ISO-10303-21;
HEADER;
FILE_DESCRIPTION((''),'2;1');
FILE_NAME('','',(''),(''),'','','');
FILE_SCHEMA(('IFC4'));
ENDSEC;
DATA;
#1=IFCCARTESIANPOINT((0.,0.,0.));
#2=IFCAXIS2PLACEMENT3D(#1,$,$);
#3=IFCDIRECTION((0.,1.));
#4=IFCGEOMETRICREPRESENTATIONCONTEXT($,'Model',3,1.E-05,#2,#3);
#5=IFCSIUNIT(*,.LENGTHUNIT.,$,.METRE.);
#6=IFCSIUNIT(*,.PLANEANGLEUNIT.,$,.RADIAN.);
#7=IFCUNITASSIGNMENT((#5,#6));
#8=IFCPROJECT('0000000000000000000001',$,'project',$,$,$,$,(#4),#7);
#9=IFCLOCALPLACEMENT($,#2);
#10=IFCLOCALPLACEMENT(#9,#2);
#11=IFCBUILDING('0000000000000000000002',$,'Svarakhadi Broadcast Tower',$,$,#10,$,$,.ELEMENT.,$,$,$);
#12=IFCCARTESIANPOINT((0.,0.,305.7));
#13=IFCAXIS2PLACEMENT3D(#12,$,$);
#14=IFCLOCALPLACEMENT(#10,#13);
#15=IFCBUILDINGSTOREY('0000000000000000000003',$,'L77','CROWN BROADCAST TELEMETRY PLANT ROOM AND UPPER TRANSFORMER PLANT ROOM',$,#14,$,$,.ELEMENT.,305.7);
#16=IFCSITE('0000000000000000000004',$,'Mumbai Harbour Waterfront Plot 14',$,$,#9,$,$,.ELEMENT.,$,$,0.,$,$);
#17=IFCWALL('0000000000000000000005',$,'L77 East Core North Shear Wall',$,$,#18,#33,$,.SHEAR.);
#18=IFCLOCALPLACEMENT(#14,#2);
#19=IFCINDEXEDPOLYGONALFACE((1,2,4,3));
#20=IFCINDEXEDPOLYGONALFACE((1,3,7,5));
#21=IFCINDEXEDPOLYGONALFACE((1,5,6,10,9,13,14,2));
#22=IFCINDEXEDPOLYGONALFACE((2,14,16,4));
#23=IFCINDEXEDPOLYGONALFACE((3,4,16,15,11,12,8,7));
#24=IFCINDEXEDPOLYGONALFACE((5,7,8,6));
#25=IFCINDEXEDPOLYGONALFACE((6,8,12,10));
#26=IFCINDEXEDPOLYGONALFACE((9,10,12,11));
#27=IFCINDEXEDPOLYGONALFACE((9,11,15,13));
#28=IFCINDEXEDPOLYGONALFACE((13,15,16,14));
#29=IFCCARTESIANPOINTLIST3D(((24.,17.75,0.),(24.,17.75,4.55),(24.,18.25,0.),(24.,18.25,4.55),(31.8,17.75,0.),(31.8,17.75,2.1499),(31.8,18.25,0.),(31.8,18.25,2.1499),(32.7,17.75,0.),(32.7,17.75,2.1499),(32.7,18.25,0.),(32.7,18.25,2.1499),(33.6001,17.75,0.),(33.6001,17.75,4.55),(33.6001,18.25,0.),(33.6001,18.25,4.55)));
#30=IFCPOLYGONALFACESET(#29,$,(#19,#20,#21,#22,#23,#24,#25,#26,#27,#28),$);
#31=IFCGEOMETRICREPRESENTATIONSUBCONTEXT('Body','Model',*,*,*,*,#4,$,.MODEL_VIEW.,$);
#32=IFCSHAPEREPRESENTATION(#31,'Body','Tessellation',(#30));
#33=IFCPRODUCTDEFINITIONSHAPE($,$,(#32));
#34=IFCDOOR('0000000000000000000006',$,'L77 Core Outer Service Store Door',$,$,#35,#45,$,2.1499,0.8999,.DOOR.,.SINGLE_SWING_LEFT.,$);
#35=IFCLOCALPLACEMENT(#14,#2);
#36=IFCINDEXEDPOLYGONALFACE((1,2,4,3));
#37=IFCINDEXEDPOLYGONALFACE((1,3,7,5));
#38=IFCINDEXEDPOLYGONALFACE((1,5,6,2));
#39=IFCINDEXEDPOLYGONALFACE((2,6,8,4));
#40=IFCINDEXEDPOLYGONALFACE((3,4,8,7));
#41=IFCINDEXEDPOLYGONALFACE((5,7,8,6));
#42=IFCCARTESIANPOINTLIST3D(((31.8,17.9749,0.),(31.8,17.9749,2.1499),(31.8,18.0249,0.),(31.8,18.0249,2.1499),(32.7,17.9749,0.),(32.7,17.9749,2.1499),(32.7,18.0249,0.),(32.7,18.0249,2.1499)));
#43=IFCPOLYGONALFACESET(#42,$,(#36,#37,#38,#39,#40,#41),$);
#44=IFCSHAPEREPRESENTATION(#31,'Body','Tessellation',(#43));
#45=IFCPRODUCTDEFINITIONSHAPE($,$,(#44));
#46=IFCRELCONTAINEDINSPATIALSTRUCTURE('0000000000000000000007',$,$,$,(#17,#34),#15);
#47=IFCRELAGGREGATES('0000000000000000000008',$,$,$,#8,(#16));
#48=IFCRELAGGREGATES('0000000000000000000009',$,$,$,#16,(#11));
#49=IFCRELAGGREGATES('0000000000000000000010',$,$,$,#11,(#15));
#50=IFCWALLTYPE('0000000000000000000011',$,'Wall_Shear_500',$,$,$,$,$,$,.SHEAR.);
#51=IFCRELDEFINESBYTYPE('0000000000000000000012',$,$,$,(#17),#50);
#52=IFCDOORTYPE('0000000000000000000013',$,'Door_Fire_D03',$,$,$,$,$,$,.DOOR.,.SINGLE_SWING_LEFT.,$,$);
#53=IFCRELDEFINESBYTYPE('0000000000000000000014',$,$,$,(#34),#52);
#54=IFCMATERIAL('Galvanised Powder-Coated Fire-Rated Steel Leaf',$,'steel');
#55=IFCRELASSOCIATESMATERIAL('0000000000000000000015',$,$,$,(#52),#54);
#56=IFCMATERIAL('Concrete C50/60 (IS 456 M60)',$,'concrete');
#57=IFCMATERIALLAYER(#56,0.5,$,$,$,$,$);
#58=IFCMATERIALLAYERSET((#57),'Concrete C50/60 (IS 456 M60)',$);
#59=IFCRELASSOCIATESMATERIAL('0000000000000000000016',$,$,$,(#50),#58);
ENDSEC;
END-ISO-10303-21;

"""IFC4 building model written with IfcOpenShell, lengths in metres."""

from ifc_helpers import new_model, si_unit, direction, frame, frame_2d, origin, place, context, subcontext, project, spatial, rectangle, extrude, material, layer, layer_set, type_object, element, fill, save


model = new_model("IFC4")

# Units and contexts
model_context = context("Model", 3, precision=1e-05, world=origin(), true_north=direction((0.0, 1.0)))
body_context = subcontext(model_context, "Body", "Model", "MODEL_VIEW")
ifc_project = project(units=[si_unit("LENGTHUNIT", "METRE"), si_unit("PLANEANGLEUNIT", "RADIAN")], contexts=[model_context])

# Site, building, storey
site_placement = place(None, origin())
site = spatial("IfcSite", under=ifc_project, at=site_placement, Name="Mumbai Harbour Waterfront Plot 14", CompositionType="ELEMENT", RefElevation=0.0)
building_placement = place(site_placement, origin())
building = spatial("IfcBuilding", under=site, at=building_placement, Name="Svarakhadi Broadcast Tower", CompositionType="ELEMENT")
storey_placement = place(building_placement, frame((0.0, 0.0, 305.7)))
storey = spatial("IfcBuildingStorey", under=building, at=storey_placement, Name="L77", Description="CROWN BROADCAST TELEMETRY PLANT ROOM AND UPPER TRANSFORMER PLANT ROOM", CompositionType="ELEMENT", Elevation=305.7)

# Shared definitions
ifc_material_1 = material(Name="Concrete C50/60 (IS 456 M60)", Category="concrete")

# Shared definitions
ifc_material_2 = material(Name="Galvanised Powder-Coated Fire-Rated Steel Leaf", Category="steel")

# Shared definitions
door_type_1 = type_object("IfcDoorType", Name="Door_Fire_D03", OperationType="SINGLE_SWING_LEFT", PredefinedType="DOOR", material=ifc_material_2)

# Wall, opening, door
ifc_layer_1 = layer(ifc_material_1, 0.5)
ifc_layer_set_1 = layer_set([ifc_layer_1], Name="Concrete C50/60 (IS 456 M60)")
wall_type_1 = type_object("IfcWallType", Name="Wall_Shear_500", PredefinedType="SHEAR", material=ifc_layer_set_1)
wall_1_placement = place(storey_placement, frame((24.0, 18.0, 0.0), z_axis=(0.0, 0.0, 1.0), x_axis=(1.0, 0.0, 0.0)))
wall_1 = element("IfcWall", 1, at=wall_1_placement, inside=storey, type_object=wall_type_1, Name="L77 East Core North Shear Wall", PredefinedType="SHEAR", context=body_context, shape_type="SweptSolid", body=[
    extrude(rectangle(XDim=9.6001, YDim=0.5, at=frame_2d((4.8, 0.0))), origin(), (0.0, 0.0, 1.0), 4.55),
])
opening_1_placement = place(wall_1_placement, frame((7.8, 0.0, 0.0)))
opening_1 = element("IfcOpeningElement", 2, at=opening_1_placement, cuts=wall_1, PredefinedType="OPENING", context=body_context, shape_type="SweptSolid", body=[
    extrude(rectangle(XDim=0.8999, YDim=2.1499, at=frame_2d((0.45, 1.075))), frame((0.0, 0.26, 0.0), z_axis=(0.0, -1.0, 0.0), x_axis=(1.0, 0.0, 0.0)), (0.0, 0.0, 1.0), 0.52),
])
door_1_placement = place(opening_1_placement, origin())
door_1 = element("IfcDoor", 3, at=door_1_placement, inside=storey, type_object=door_type_1, Name="L77 Core Outer Service Store Door", OperationType="SINGLE_SWING_LEFT", OverallHeight=2.1499, OverallWidth=0.8999, PredefinedType="DOOR", context=body_context, shape_type="SweptSolid", body=[
    extrude(rectangle(XDim=0.8999, YDim=2.1499, at=frame_2d((0.45, 1.075))), frame((0.0, 0.0249, 0.0), z_axis=(0.0, -1.0, 0.0), x_axis=(1.0, 0.0, 0.0)), (0.0, 0.0, 1.0), 0.05),
])
fill(opening_1, door_1)

save(model, "model.ifc")
